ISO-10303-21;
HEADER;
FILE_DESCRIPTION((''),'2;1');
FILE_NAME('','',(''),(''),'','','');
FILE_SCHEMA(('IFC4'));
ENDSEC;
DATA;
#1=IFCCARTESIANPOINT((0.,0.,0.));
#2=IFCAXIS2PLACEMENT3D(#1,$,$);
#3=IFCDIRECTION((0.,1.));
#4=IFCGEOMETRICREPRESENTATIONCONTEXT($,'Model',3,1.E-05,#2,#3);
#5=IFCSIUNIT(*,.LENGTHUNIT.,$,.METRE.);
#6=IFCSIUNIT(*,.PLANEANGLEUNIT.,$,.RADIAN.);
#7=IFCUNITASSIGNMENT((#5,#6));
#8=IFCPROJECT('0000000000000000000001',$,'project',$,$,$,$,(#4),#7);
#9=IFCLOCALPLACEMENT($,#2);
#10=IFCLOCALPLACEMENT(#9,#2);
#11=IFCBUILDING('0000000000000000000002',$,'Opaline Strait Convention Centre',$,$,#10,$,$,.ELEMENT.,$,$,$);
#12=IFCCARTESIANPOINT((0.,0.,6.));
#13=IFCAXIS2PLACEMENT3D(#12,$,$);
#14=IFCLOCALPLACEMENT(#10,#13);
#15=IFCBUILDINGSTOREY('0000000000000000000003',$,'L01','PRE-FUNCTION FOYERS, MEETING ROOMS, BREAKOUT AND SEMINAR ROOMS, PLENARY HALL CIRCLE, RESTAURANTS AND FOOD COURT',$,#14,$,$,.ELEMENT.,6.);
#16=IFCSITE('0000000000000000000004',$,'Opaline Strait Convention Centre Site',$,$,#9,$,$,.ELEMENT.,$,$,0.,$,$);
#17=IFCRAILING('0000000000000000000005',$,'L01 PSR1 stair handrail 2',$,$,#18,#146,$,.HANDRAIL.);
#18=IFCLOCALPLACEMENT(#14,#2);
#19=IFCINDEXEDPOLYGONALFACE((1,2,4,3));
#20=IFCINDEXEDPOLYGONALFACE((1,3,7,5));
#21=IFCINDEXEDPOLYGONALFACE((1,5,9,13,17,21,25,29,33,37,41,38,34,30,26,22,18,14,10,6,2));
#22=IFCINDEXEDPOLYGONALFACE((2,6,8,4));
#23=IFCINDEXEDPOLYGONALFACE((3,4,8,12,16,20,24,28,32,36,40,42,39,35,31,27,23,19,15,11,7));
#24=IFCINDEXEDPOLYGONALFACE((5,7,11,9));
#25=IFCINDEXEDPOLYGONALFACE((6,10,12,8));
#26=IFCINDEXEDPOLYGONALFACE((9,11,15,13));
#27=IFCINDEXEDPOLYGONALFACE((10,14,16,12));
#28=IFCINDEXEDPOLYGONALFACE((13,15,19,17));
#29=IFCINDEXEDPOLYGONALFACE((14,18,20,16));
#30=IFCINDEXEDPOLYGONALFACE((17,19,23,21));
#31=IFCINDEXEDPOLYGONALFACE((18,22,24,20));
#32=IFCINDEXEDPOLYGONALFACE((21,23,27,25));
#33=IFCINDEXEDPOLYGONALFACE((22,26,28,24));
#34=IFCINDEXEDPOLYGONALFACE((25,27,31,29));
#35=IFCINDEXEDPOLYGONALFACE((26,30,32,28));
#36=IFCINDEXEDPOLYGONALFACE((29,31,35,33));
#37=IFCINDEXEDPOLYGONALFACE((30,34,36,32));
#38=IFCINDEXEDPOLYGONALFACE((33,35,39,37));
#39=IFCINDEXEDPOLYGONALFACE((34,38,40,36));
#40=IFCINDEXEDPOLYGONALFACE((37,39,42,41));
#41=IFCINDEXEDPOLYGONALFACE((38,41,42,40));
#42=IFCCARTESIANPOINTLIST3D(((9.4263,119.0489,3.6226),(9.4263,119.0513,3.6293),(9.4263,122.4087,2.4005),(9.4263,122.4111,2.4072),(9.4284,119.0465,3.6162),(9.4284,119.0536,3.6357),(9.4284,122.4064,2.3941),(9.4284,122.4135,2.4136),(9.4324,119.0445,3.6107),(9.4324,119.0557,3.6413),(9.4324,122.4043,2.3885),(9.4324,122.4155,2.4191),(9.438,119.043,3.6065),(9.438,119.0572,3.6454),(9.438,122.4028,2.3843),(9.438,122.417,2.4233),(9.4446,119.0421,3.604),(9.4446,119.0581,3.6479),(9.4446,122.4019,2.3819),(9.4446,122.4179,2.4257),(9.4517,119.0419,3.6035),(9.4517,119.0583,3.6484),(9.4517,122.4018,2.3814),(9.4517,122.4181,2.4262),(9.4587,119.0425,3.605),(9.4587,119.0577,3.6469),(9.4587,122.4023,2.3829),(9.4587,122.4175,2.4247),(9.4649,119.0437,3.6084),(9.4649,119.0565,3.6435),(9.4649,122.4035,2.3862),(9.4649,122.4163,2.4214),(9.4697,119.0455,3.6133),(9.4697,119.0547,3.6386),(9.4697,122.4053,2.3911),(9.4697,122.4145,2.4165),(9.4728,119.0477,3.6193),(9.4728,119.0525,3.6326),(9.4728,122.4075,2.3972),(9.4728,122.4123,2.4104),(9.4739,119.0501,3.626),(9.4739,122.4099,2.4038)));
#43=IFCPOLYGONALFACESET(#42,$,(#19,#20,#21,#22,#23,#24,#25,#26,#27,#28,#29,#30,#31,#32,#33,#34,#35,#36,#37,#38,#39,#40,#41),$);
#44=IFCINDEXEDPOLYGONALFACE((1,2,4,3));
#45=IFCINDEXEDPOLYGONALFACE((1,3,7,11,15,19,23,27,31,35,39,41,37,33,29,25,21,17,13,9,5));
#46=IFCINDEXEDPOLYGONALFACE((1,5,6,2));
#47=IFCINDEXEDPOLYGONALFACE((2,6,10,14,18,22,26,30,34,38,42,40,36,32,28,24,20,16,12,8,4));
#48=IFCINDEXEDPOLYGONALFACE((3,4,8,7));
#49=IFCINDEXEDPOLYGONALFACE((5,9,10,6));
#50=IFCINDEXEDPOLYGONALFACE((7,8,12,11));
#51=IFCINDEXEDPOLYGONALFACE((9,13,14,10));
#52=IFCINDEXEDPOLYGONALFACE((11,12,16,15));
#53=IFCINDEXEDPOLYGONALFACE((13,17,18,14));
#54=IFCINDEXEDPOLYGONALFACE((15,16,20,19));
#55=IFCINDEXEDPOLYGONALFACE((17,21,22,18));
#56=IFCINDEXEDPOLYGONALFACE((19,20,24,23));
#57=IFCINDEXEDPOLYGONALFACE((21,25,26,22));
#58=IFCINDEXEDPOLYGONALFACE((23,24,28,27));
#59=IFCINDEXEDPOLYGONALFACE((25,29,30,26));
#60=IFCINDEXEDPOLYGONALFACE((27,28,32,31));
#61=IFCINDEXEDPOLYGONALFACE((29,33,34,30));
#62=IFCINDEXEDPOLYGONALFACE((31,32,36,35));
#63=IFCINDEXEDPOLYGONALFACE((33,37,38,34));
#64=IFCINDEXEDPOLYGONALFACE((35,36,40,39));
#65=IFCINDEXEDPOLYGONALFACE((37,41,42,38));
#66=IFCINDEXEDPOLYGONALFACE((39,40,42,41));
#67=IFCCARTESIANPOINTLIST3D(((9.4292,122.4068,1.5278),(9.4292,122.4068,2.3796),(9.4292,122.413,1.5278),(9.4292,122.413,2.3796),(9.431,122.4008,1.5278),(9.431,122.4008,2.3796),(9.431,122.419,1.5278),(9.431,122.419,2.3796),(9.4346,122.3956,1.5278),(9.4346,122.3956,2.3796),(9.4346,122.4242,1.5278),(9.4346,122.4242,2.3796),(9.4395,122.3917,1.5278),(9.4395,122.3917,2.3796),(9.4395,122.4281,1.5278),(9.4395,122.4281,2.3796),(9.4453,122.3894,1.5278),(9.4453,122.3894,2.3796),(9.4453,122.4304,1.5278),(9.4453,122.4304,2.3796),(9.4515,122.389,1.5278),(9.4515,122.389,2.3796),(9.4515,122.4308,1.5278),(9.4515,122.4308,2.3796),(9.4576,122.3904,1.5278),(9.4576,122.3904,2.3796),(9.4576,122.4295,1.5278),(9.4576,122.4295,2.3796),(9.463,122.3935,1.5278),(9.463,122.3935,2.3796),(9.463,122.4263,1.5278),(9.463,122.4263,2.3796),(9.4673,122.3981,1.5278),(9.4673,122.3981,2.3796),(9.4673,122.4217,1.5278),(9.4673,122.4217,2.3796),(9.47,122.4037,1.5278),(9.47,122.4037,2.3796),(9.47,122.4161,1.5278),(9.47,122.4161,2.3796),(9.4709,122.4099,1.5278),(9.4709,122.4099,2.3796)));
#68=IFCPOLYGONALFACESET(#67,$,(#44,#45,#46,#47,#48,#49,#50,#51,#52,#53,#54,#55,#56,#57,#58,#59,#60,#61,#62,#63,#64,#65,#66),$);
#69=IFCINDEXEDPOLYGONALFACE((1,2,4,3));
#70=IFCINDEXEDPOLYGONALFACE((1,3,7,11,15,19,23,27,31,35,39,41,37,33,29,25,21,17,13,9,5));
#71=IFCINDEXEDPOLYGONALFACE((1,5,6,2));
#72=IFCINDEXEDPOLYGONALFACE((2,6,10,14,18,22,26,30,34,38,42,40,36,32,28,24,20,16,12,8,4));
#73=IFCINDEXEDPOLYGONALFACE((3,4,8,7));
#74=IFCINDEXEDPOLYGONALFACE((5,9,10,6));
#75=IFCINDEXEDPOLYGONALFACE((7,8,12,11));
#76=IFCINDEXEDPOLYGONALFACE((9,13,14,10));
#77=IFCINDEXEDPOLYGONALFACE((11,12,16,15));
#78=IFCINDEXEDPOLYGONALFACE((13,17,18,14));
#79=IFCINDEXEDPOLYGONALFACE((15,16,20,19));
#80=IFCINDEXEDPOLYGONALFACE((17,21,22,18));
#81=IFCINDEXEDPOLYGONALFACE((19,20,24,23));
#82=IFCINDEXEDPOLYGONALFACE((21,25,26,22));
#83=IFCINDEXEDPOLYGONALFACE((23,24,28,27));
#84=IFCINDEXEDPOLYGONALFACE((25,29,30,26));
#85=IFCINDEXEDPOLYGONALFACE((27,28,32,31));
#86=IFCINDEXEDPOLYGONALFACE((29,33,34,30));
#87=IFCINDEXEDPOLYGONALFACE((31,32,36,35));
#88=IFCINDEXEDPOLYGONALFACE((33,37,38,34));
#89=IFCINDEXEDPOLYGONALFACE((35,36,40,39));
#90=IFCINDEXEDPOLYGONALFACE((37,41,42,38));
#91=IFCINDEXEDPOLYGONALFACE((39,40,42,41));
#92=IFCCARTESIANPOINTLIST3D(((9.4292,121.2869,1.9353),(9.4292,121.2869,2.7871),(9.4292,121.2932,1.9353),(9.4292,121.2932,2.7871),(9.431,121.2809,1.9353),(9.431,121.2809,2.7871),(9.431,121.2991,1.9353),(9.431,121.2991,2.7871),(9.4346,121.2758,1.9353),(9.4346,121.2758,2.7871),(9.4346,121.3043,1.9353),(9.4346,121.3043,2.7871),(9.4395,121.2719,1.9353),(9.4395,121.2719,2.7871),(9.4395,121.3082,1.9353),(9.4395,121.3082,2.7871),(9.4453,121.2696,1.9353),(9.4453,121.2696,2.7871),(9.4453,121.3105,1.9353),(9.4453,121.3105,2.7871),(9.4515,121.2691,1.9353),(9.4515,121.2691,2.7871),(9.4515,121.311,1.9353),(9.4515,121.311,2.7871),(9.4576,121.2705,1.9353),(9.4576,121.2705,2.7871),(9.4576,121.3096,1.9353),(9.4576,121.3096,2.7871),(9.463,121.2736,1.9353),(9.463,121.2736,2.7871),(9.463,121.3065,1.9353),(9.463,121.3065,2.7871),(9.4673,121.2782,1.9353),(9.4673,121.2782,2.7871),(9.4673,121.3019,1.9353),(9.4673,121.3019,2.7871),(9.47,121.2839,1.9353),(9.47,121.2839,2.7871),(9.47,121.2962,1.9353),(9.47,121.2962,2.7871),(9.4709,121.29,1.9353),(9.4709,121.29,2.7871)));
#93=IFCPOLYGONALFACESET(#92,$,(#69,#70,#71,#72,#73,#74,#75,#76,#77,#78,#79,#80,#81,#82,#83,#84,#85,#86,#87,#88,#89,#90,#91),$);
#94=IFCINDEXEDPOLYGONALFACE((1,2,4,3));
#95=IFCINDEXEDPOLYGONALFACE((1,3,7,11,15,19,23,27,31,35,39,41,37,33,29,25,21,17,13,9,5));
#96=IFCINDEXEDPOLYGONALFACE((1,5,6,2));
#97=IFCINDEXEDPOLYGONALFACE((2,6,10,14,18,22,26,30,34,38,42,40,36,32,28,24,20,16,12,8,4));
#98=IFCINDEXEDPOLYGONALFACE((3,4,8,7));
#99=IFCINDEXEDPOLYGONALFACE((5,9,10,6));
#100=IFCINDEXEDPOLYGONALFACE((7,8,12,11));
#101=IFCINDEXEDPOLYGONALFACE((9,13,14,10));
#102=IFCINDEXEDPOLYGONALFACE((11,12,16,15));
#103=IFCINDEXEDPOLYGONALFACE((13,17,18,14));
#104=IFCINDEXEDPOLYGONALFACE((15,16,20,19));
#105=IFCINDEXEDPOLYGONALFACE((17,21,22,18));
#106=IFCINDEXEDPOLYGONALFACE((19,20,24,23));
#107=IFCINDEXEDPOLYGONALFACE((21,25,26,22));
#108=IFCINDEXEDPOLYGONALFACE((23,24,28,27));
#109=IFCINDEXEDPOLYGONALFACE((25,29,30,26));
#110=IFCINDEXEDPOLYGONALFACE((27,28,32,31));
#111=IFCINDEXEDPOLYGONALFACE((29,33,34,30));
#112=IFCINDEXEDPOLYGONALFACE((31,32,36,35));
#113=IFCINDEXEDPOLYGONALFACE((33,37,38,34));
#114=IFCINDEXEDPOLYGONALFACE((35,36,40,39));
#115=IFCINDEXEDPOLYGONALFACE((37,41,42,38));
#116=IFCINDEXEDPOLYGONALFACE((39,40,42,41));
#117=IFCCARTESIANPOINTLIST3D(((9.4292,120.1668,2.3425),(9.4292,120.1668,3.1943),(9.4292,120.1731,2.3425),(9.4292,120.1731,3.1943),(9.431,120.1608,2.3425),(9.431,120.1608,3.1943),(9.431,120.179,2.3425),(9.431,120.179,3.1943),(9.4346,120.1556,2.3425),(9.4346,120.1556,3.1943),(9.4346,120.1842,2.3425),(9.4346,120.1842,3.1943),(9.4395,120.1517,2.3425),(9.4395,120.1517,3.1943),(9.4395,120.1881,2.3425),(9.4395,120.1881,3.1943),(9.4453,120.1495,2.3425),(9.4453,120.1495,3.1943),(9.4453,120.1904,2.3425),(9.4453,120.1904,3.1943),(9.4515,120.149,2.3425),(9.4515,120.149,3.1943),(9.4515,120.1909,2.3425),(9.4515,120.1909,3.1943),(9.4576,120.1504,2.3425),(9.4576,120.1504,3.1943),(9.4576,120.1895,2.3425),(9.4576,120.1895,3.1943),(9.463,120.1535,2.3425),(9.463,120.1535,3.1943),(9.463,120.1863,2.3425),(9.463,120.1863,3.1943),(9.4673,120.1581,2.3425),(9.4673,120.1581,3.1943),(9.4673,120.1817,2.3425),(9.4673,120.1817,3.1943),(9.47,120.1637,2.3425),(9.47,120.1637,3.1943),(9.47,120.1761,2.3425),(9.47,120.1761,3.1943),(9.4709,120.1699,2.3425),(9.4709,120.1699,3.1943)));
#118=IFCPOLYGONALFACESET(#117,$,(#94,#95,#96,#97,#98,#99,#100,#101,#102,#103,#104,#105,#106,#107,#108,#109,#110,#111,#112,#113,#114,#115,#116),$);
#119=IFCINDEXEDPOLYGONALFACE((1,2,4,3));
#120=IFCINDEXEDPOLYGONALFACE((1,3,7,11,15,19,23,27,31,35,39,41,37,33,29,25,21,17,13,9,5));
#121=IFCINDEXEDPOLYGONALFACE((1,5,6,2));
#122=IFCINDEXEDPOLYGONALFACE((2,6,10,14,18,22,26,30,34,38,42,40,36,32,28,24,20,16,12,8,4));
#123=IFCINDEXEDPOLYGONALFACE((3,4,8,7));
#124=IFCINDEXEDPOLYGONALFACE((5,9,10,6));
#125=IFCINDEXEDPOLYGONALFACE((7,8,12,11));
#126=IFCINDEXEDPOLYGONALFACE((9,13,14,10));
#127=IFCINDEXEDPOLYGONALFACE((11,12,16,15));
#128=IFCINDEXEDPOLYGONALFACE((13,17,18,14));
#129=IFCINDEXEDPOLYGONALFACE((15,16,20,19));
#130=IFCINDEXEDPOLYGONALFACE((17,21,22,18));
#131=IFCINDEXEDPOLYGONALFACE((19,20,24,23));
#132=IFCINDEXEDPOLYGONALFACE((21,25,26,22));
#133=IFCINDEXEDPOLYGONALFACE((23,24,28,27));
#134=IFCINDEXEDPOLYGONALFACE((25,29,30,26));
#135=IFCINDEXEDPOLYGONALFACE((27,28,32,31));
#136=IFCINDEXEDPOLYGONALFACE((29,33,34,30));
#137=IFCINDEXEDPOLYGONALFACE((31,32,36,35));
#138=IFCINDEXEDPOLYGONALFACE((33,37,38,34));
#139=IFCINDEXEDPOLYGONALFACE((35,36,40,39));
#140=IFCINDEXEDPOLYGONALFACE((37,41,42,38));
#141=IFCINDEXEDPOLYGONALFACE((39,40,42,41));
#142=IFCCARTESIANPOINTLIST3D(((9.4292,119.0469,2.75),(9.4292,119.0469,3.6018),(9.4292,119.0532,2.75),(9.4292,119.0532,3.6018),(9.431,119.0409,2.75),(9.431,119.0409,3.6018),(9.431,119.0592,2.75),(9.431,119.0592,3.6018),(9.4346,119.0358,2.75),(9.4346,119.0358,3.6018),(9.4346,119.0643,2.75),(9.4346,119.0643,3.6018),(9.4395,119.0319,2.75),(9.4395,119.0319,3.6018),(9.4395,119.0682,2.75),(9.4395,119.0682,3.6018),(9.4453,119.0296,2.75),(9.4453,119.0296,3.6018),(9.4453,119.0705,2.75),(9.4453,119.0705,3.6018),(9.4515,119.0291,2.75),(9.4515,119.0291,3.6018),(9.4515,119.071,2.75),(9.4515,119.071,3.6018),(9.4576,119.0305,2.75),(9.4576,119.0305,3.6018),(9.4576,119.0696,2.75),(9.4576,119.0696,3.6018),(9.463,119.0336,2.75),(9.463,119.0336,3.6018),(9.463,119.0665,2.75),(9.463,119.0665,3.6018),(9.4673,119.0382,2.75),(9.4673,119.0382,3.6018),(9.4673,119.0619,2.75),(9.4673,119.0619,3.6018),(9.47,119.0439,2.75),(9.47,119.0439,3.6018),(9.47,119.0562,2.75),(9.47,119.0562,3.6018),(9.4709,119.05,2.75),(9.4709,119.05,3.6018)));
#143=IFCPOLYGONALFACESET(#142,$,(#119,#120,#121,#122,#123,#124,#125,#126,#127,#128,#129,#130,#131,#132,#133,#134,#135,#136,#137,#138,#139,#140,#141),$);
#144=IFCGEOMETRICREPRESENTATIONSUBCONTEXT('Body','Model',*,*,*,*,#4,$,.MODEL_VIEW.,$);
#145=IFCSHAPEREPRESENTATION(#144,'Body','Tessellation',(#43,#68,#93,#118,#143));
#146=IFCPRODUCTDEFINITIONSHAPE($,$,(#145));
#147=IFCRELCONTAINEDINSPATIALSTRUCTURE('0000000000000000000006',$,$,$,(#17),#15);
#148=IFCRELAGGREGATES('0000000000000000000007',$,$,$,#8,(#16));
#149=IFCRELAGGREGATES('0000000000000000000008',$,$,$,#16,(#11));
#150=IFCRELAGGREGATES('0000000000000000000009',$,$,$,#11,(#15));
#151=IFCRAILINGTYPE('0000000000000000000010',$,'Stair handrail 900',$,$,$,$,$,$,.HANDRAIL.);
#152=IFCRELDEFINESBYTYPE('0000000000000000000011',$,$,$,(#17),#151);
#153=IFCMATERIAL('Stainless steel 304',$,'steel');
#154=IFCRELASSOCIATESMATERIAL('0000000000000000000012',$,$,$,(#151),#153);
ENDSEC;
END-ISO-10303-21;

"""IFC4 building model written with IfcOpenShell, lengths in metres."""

from ifc_helpers import new_model, si_unit, direction, frame, origin, origin_2d, place, context, subcontext, project, spatial, circle, extrude, material, type_object, element, save


model = new_model("IFC4")

# Units and contexts
model_context = context("Model", 3, precision=1e-05, world=origin(), true_north=direction((0.0, 1.0)))
body_context = subcontext(model_context, "Body", "Model", "MODEL_VIEW")
ifc_project = project(units=[si_unit("LENGTHUNIT", "METRE"), si_unit("PLANEANGLEUNIT", "RADIAN")], contexts=[model_context])

# Site, building, storey
site_placement = place(None, origin())
site = spatial("IfcSite", under=ifc_project, at=site_placement, Name="Opaline Strait Convention Centre Site", CompositionType="ELEMENT", RefElevation=0.0)
building_placement = place(site_placement, origin())
building = spatial("IfcBuilding", under=site, at=building_placement, Name="Opaline Strait Convention Centre", CompositionType="ELEMENT")
storey_placement = place(building_placement, frame((0.0, 0.0, 6.0)))
storey = spatial("IfcBuildingStorey", under=building, at=storey_placement, Name="L01", Description="PRE-FUNCTION FOYERS, MEETING ROOMS, BREAKOUT AND SEMINAR ROOMS, PLENARY HALL CIRCLE, RESTAURANTS AND FOOD COURT", CompositionType="ELEMENT", Elevation=6.0)

# Railing
ifc_material_1 = material(Name="Stainless steel 304", Category="steel")
railing_type_1 = type_object("IfcRailingType", Name="Stair handrail 900", PredefinedType="HANDRAIL", material=ifc_material_1)
railing_1_placement = place(storey_placement, frame((9.45, 122.4099, 1.5278)))
element("IfcRailing", 1, at=railing_1_placement, inside=storey, type_object=railing_type_1, Name="L01 PSR1 stair handrail 2", PredefinedType="HANDRAIL", context=body_context, shape_type="SweptSolid", body=[
    extrude(circle(Radius=0.0239, at=origin_2d()), frame((0.0, 0.0, 0.876), z_axis=(0.0, -0.939758, 0.341842), x_axis=(1.0, 0.0, 0.0)), (0.0, 0.0, 1.0), 3.5752),
    extrude(circle(Radius=0.021, at=origin_2d()), origin(), (0.0, 0.0, 1.0), 0.8518),
    extrude(circle(Radius=0.021, at=origin_2d()), frame((0.0, -1.1199, 0.4075)), (0.0, 0.0, 1.0), 0.8518),
    extrude(circle(Radius=0.021, at=origin_2d()), frame((0.0, -2.24, 0.8147)), (0.0, 0.0, 1.0), 0.8518),
    extrude(circle(Radius=0.021, at=origin_2d()), frame((0.0, -3.3599, 1.2222)), (0.0, 0.0, 1.0), 0.8518),
])

save(model, "model.ifc")
